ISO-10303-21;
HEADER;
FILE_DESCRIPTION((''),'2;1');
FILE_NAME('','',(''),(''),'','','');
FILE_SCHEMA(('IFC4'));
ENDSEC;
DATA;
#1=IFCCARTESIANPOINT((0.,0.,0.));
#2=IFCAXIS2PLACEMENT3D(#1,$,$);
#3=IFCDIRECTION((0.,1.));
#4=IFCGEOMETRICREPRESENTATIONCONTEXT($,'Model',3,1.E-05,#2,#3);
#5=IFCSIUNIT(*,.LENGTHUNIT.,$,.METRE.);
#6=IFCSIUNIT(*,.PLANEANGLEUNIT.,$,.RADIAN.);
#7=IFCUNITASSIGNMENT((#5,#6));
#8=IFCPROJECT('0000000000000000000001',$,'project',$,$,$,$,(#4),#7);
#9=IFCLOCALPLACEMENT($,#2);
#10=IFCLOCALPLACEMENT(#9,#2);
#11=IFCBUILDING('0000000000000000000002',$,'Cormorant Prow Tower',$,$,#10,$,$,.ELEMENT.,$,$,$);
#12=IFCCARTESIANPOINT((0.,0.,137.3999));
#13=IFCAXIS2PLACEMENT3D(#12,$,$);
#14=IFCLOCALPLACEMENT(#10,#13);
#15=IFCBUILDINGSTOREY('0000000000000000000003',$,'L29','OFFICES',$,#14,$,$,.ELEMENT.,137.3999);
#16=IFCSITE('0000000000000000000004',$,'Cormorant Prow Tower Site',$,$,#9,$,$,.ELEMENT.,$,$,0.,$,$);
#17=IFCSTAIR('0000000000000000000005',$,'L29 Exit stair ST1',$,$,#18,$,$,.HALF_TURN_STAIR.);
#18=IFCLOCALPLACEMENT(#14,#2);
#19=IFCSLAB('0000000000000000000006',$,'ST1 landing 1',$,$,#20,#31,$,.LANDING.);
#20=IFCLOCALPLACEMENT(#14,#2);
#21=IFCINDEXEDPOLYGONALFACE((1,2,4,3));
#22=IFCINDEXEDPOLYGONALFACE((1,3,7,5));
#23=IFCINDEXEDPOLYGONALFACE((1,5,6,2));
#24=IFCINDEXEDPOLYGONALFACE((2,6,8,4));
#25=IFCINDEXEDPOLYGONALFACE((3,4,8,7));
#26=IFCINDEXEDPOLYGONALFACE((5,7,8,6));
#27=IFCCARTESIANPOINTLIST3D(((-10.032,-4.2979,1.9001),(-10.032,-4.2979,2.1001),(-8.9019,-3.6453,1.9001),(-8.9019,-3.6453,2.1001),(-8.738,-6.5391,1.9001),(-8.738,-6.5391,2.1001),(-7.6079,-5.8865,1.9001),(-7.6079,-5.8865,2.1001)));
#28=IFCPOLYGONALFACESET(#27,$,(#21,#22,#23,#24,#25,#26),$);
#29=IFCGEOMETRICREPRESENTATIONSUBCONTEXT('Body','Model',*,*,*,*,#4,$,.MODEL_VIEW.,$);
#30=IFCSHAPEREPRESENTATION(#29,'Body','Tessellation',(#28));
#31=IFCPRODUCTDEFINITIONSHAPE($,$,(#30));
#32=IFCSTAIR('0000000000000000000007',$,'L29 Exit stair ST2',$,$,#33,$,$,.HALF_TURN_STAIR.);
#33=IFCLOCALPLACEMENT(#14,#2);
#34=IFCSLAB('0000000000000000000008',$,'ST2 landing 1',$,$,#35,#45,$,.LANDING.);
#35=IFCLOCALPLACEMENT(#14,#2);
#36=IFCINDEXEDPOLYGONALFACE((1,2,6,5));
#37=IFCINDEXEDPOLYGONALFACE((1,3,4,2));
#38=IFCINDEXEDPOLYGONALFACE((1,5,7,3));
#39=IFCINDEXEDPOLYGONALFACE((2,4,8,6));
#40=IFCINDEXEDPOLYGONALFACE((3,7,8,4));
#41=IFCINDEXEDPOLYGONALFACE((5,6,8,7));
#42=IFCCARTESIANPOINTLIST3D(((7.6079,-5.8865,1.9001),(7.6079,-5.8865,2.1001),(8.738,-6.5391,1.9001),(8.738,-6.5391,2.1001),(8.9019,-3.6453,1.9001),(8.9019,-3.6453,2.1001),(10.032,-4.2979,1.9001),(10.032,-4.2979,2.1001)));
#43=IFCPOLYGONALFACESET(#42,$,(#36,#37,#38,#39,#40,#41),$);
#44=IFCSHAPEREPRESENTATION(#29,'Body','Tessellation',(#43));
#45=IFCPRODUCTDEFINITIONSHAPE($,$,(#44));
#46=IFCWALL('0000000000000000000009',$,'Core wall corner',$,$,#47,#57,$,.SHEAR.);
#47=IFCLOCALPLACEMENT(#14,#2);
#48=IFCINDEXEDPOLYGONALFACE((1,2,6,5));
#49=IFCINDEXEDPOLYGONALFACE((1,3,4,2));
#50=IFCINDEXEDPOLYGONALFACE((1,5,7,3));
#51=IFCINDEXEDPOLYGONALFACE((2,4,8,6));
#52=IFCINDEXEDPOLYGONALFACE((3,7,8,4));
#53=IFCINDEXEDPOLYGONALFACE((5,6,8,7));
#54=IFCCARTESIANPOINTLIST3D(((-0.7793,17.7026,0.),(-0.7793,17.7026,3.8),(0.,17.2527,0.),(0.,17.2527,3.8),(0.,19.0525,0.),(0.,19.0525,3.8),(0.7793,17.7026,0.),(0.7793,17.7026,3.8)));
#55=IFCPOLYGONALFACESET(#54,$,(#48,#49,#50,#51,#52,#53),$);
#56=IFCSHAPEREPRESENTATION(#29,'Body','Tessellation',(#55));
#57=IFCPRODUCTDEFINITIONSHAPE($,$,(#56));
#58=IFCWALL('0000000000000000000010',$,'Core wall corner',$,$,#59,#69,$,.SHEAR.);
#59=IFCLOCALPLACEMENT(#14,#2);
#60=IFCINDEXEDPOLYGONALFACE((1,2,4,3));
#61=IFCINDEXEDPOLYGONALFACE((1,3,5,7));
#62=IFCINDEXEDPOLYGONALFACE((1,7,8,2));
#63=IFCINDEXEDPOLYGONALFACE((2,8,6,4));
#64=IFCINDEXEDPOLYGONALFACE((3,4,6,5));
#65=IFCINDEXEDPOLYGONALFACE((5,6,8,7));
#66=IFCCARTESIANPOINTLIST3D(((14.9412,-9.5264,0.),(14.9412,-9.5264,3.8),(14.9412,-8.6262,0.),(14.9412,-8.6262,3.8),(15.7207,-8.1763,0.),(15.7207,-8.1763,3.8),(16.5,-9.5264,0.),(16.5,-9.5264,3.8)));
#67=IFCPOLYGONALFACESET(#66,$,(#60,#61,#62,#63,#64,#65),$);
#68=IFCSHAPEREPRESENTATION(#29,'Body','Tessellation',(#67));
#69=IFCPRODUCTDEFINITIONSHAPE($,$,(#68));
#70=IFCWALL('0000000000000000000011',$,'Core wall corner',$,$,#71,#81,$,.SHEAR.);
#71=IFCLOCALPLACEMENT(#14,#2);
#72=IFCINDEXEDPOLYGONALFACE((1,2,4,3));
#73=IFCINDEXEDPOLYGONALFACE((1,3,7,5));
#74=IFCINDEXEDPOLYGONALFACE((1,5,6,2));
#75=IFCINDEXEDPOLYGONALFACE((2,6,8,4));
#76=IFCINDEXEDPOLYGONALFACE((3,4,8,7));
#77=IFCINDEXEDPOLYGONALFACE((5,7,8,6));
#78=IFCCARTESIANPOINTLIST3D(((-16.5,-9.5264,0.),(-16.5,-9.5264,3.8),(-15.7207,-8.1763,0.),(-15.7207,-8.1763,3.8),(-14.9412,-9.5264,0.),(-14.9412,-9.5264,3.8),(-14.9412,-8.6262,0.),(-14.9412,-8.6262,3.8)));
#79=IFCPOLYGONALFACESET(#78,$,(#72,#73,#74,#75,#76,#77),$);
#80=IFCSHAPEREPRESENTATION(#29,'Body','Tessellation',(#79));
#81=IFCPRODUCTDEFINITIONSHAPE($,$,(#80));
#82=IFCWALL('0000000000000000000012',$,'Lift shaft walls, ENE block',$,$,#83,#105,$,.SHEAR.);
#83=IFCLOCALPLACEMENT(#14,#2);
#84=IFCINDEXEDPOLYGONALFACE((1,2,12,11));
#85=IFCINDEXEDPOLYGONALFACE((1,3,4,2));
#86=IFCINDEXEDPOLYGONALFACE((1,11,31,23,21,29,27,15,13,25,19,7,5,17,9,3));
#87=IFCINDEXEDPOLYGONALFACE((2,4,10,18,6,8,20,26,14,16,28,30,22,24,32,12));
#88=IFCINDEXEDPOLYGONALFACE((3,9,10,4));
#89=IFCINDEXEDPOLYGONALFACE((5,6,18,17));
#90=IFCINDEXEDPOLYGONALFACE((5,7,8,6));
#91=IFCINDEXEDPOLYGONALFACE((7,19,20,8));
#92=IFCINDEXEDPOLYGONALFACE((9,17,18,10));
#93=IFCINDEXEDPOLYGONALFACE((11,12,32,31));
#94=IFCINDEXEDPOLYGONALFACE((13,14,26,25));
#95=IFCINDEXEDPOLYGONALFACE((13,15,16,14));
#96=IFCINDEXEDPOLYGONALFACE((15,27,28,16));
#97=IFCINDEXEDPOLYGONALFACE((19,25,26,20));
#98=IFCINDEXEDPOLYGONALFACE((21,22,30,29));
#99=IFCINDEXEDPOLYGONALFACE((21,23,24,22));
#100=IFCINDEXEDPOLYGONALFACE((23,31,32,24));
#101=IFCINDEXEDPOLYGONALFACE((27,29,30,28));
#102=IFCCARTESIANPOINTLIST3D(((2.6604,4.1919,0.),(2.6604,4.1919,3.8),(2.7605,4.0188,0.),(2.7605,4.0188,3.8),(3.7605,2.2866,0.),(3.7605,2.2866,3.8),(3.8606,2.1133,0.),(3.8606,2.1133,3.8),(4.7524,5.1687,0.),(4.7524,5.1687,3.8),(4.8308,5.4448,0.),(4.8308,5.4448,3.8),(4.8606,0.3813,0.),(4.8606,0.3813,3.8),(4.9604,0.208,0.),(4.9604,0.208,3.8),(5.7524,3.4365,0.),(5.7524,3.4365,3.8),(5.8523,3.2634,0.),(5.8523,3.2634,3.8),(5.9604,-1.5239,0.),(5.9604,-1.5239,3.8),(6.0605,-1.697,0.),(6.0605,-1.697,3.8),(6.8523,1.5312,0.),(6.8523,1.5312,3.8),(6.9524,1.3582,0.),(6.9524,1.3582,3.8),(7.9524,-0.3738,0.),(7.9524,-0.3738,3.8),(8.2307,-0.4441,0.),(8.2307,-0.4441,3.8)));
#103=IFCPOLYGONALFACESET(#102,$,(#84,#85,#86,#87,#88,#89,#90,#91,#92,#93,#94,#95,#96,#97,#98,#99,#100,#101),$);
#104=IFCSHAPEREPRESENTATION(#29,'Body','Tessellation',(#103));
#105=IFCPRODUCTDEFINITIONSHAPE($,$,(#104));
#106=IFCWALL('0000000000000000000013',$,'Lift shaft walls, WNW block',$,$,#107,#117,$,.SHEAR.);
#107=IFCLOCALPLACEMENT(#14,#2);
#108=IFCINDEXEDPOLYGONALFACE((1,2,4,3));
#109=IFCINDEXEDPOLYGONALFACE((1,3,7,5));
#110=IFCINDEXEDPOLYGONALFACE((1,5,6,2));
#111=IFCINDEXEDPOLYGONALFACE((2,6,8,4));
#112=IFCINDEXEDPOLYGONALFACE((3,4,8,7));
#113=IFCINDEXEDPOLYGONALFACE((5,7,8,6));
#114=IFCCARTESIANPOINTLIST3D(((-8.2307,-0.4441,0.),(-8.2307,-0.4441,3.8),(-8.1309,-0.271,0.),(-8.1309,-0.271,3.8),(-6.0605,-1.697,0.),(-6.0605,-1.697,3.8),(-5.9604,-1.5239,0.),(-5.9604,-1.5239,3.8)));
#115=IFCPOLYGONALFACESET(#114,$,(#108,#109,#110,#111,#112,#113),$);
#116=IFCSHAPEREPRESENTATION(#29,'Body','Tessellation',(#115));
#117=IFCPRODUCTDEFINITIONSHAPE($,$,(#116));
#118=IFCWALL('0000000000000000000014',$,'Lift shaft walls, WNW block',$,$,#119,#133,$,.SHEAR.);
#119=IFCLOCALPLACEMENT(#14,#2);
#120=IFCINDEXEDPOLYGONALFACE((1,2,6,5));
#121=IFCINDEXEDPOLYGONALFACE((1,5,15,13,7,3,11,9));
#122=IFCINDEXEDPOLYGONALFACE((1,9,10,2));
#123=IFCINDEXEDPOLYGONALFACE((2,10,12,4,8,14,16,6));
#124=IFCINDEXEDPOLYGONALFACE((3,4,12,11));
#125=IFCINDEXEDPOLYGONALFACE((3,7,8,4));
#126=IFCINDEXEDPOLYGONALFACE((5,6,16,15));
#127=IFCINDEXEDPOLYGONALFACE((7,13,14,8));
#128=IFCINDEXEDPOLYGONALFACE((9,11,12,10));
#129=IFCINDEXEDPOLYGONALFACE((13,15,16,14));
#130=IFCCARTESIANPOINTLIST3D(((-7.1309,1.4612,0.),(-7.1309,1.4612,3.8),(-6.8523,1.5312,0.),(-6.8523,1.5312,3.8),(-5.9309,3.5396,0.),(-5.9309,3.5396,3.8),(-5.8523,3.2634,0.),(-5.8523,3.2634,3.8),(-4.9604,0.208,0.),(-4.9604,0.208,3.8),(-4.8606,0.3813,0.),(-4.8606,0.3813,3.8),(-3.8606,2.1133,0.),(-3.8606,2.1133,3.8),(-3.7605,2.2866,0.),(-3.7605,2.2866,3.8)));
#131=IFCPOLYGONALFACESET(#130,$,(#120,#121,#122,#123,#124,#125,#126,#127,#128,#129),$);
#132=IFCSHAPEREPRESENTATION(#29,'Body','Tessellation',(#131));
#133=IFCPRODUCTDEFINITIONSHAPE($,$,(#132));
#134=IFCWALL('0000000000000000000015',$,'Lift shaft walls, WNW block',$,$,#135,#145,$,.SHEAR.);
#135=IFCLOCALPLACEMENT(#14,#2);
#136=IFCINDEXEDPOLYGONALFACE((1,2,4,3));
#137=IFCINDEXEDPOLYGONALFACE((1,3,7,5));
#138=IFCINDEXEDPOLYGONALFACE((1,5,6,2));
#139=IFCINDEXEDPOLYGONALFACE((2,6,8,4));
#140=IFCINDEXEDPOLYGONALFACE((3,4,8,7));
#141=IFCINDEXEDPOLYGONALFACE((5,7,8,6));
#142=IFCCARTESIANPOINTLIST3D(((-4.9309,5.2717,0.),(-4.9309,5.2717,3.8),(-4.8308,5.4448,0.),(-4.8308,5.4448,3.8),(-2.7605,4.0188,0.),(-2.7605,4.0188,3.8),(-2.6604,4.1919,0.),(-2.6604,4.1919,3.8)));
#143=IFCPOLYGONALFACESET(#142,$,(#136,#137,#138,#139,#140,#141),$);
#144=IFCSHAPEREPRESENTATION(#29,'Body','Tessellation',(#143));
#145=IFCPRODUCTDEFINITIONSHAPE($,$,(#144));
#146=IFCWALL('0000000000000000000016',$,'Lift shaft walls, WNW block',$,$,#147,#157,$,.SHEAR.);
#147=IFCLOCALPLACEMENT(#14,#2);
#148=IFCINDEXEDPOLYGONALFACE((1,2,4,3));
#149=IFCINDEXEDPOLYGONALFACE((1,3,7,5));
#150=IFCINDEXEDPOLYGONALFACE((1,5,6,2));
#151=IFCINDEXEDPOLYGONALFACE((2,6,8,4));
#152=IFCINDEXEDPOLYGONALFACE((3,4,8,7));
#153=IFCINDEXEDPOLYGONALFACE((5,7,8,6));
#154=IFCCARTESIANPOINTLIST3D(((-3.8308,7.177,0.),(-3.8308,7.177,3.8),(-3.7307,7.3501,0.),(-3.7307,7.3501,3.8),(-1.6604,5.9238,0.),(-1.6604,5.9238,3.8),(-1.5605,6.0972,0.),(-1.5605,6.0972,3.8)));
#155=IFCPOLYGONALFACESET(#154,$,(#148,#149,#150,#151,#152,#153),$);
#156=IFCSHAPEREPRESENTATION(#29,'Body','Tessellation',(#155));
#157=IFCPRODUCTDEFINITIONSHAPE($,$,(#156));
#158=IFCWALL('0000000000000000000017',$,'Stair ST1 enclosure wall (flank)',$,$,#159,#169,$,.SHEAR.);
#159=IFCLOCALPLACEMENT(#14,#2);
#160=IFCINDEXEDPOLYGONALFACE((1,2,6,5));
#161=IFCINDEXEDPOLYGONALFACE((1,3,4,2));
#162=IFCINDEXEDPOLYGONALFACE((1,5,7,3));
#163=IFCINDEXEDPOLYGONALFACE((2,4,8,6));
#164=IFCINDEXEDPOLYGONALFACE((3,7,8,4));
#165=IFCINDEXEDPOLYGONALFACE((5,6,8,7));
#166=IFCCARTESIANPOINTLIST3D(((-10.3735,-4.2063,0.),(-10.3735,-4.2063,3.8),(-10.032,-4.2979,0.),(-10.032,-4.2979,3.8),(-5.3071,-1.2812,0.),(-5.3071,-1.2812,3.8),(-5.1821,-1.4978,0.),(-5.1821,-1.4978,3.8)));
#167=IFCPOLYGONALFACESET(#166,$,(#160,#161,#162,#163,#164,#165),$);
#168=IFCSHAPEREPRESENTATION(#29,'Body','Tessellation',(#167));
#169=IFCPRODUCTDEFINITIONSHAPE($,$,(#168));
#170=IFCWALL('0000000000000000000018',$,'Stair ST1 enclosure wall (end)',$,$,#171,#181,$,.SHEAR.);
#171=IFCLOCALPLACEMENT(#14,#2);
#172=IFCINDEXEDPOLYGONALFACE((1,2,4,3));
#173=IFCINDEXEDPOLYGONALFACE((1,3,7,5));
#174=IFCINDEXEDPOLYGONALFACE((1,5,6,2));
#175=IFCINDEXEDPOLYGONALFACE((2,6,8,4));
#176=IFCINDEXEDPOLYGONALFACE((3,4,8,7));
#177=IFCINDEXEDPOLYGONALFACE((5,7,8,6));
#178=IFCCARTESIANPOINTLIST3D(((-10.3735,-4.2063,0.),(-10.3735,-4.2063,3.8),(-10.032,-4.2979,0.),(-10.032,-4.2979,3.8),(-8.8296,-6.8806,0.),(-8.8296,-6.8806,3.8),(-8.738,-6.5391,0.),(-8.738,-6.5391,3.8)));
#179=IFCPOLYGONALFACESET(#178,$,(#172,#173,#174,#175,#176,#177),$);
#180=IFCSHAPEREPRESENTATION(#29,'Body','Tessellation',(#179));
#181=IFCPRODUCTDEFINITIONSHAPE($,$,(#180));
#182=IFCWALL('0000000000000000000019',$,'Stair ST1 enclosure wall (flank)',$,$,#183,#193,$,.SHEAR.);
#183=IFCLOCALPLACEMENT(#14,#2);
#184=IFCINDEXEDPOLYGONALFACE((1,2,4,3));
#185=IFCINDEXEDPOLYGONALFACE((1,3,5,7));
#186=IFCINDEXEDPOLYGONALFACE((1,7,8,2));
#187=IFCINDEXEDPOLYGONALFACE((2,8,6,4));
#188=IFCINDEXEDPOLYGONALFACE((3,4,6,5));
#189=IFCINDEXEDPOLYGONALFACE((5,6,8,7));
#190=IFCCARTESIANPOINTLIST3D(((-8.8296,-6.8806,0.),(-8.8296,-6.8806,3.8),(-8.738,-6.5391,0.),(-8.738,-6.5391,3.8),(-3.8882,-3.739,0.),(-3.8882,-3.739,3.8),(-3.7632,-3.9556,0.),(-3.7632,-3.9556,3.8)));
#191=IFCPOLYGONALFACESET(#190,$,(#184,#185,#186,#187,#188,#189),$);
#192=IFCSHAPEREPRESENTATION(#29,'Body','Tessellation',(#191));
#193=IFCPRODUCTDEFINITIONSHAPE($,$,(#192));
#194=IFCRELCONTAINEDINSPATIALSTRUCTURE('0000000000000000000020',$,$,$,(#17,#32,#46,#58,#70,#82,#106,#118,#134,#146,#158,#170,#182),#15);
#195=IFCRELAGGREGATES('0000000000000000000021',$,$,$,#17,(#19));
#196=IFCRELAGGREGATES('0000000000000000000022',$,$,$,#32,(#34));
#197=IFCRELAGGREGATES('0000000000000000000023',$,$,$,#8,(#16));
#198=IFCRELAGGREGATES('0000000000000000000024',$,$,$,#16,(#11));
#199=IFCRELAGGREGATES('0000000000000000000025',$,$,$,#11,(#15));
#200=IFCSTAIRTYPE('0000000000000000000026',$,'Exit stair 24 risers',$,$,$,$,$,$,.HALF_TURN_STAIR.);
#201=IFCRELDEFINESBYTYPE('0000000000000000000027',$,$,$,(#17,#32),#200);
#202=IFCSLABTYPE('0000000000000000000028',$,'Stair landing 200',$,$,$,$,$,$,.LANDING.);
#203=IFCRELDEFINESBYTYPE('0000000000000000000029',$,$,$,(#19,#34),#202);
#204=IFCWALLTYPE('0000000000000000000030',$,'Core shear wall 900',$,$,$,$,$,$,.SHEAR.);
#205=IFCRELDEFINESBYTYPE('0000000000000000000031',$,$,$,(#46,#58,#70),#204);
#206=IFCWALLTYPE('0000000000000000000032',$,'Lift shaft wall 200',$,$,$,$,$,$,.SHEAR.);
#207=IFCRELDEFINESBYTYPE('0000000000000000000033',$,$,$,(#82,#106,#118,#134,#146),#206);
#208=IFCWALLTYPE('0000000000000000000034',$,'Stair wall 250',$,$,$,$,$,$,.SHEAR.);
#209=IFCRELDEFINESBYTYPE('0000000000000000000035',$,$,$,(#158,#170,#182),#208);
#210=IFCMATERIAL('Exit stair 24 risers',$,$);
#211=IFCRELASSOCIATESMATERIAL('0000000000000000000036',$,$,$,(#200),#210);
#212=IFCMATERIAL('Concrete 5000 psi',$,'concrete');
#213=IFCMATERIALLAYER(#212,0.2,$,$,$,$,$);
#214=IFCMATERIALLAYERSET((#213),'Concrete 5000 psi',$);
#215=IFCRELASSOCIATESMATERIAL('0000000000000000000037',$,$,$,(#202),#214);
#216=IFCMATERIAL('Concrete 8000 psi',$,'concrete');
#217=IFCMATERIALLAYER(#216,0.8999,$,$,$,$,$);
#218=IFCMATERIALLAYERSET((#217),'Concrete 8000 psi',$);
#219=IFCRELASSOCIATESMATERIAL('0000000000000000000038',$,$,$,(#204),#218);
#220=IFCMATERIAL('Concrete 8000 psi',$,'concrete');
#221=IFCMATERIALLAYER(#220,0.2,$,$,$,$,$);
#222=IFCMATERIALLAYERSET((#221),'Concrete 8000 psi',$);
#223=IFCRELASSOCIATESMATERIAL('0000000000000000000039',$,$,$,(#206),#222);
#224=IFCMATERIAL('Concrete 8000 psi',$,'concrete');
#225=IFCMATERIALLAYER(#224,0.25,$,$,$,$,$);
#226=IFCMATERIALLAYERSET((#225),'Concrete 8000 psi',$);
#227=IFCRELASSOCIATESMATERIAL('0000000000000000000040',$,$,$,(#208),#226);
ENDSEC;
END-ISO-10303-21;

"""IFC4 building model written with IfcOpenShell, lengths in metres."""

from ifc_helpers import new_model, si_unit, direction, frame, origin, place, context, subcontext, project, spatial, polyline, outline, extrude, material, layer, layer_set, type_object, element, aggregate, save


model = new_model("IFC4")

# Units and contexts
model_context = context("Model", 3, precision=1e-05, world=origin(), true_north=direction((0.0, 1.0)))
body_context = subcontext(model_context, "Body", "Model", "MODEL_VIEW")
ifc_project = project(units=[si_unit("LENGTHUNIT", "METRE"), si_unit("PLANEANGLEUNIT", "RADIAN")], contexts=[model_context])

# Site, building, storey
site_placement = place(None, origin())
site = spatial("IfcSite", under=ifc_project, at=site_placement, Name="Cormorant Prow Tower Site", CompositionType="ELEMENT", RefElevation=0.0)
building_placement = place(site_placement, origin())
building = spatial("IfcBuilding", under=site, at=building_placement, Name="Cormorant Prow Tower", CompositionType="ELEMENT")
storey_placement = place(building_placement, frame((0.0, 0.0, 137.3999)))
storey = spatial("IfcBuildingStorey", under=building, at=storey_placement, Name="L29", Description="OFFICES", CompositionType="ELEMENT", Elevation=137.3999)

# Stairs, slabs
ifc_material_1 = material(Name="Exit stair 24 risers")
stair_type = type_object("IfcStairType", Name="Exit stair 24 risers", PredefinedType="HALF_TURN_STAIR", material=ifc_material_1)
stair_1_placement = place(storey_placement, origin())
stair_1 = element("IfcStair", 1, at=stair_1_placement, inside=storey, type_object=stair_type, Name="L29 Exit stair ST1", PredefinedType="HALF_TURN_STAIR")
ifc_material_2 = material(Name="Concrete 5000 psi", Category="concrete")
ifc_layer_1 = layer(ifc_material_2, 0.2)
ifc_layer_set_1 = layer_set([ifc_layer_1], Name="Concrete 5000 psi")
slab_type = type_object("IfcSlabType", Name="Stair landing 200", PredefinedType="LANDING", material=ifc_layer_set_1)
slab_1_placement = place(storey_placement, frame((0.0, 0.0, 1.9001)))
slab_1 = element("IfcSlab", 2, at=slab_1_placement, type_object=slab_type, Name="ST1 landing 1", PredefinedType="LANDING", context=body_context, shape_type="SweptSolid", body=[
    extrude(outline(polyline([(-8.9019, -3.6453), (-10.032, -4.2979), (-8.738, -6.5391), (-7.6079, -5.8865), (-8.9019, -3.6453)])), origin(), (0.0, 0.0, 1.0), 0.2),
])
aggregate(stair_1, [slab_1])
stair_2_placement = place(storey_placement, origin())
stair_2 = element("IfcStair", 3, at=stair_2_placement, inside=storey, type_object=stair_type, Name="L29 Exit stair ST2", PredefinedType="HALF_TURN_STAIR")
slab_2_placement = place(storey_placement, frame((0.0, 0.0, 1.9001)))
slab_2 = element("IfcSlab", 4, at=slab_2_placement, type_object=slab_type, Name="ST2 landing 1", PredefinedType="LANDING", context=body_context, shape_type="SweptSolid", body=[
    extrude(outline(polyline([(7.6079, -5.8865), (8.738, -6.5391), (10.032, -4.2979), (8.9019, -3.6453), (7.6079, -5.8865)])), origin(), (0.0, 0.0, 1.0), 0.2),
])
aggregate(stair_2, [slab_2])

# Walls
ifc_material_3 = material(Name="Concrete 8000 psi", Category="concrete")
ifc_layer_2 = layer(ifc_material_3, 0.8999)
ifc_layer_set_2 = layer_set([ifc_layer_2], Name="Concrete 8000 psi")
wall_type_1 = type_object("IfcWallType", Name="Core shear wall 900", PredefinedType="SHEAR", material=ifc_layer_set_2)
wall_1_placement = place(storey_placement, origin())
element("IfcWall", 5, at=wall_1_placement, inside=storey, type_object=wall_type_1, Name="Core wall corner", PredefinedType="SHEAR", context=body_context, shape_type="SweptSolid", body=[
    extrude(outline(polyline([(-0.7793, 17.7026), (0.0, 19.0525), (0.7793, 17.7026), (0.0, 17.2527), (-0.7793, 17.7026)])), origin(), (0.0, 0.0, 1.0), 3.8),
])
wall_2_placement = place(storey_placement, origin())
element("IfcWall", 6, at=wall_2_placement, inside=storey, type_object=wall_type_1, Name="Core wall corner", PredefinedType="SHEAR", context=body_context, shape_type="SweptSolid", body=[
    extrude(outline(polyline([(14.9412, -8.6262), (15.7207, -8.1763), (16.5, -9.5264), (14.9412, -9.5264), (14.9412, -8.6262)])), origin(), (0.0, 0.0, 1.0), 3.8),
])
wall_3_placement = place(storey_placement, origin())
element("IfcWall", 7, at=wall_3_placement, inside=storey, type_object=wall_type_1, Name="Core wall corner", PredefinedType="SHEAR", context=body_context, shape_type="SweptSolid", body=[
    extrude(outline(polyline([(-14.9412, -8.6262), (-14.9412, -9.5264), (-16.5, -9.5264), (-15.7207, -8.1763), (-14.9412, -8.6262)])), origin(), (0.0, 0.0, 1.0), 3.8),
])
ifc_material_4 = material(Name="Concrete 8000 psi", Category="concrete")
ifc_layer_3 = layer(ifc_material_4, 0.2)
ifc_layer_set_3 = layer_set([ifc_layer_3], Name="Concrete 8000 psi")
wall_type_2 = type_object("IfcWallType", Name="Lift shaft wall 200", PredefinedType="SHEAR", material=ifc_layer_set_3)
wall_4_placement = place(storey_placement, origin())
element("IfcWall", 8, at=wall_4_placement, inside=storey, type_object=wall_type_2, Name="Lift shaft walls, ENE block", PredefinedType="SHEAR", context=body_context, shape_type="SweptSolid", body=[
    extrude(outline(polyline([(2.6604, 4.1919), (4.8308, 5.4448), (8.2307, -0.4441), (6.0605, -1.697), (5.9604, -1.5239), (7.9524, -0.3738), (6.9524, 1.3582), (4.9604, 0.208), (4.8606, 0.3813), (6.8523, 1.5312), (5.8523, 3.2634), (3.8606, 2.1133), (3.7605, 2.2866), (5.7524, 3.4365), (4.7524, 5.1687), (2.7605, 4.0188), (2.6604, 4.1919)])), origin(), (0.0, 0.0, 1.0), 3.8),
])
wall_5_placement = place(storey_placement, origin())
element("IfcWall", 9, at=wall_5_placement, inside=storey, type_object=wall_type_2, Name="Lift shaft walls, WNW block", PredefinedType="SHEAR", context=body_context, shape_type="SweptSolid", body=[
    extrude(outline(polyline([(-6.0605, -1.697), (-8.2307, -0.4441), (-8.1309, -0.271), (-5.9604, -1.5239), (-6.0605, -1.697)])), origin(), (0.0, 0.0, 1.0), 3.8),
])
wall_6_placement = place(storey_placement, origin())
element("IfcWall", 10, at=wall_6_placement, inside=storey, type_object=wall_type_2, Name="Lift shaft walls, WNW block", PredefinedType="SHEAR", context=body_context, shape_type="SweptSolid", body=[
    extrude(outline(polyline([(-4.9604, 0.208), (-7.1309, 1.4612), (-5.9309, 3.5396), (-3.7605, 2.2866), (-3.8606, 2.1133), (-5.8523, 3.2634), (-6.8523, 1.5312), (-4.8606, 0.3813), (-4.9604, 0.208)])), origin(), (0.0, 0.0, 1.0), 3.8),
])
wall_7_placement = place(storey_placement, origin())
element("IfcWall", 11, at=wall_7_placement, inside=storey, type_object=wall_type_2, Name="Lift shaft walls, WNW block", PredefinedType="SHEAR", context=body_context, shape_type="SweptSolid", body=[
    extrude(outline(polyline([(-2.7605, 4.0188), (-4.9309, 5.2717), (-4.8308, 5.4448), (-2.6604, 4.1919), (-2.7605, 4.0188)])), origin(), (0.0, 0.0, 1.0), 3.8),
])
wall_8_placement = place(storey_placement, origin())
element("IfcWall", 12, at=wall_8_placement, inside=storey, type_object=wall_type_2, Name="Lift shaft walls, WNW block", PredefinedType="SHEAR", context=body_context, shape_type="SweptSolid", body=[
    extrude(outline(polyline([(-3.7307, 7.3501), (-1.5605, 6.0972), (-1.6604, 5.9238), (-3.8308, 7.177), (-3.7307, 7.3501)])), origin(), (0.0, 0.0, 1.0), 3.8),
])
ifc_material_5 = material(Name="Concrete 8000 psi", Category="concrete")
ifc_layer_4 = layer(ifc_material_5, 0.25)
ifc_layer_set_4 = layer_set([ifc_layer_4], Name="Concrete 8000 psi")
wall_type_3 = type_object("IfcWallType", Name="Stair wall 250", PredefinedType="SHEAR", material=ifc_layer_set_4)
wall_9_placement = place(storey_placement, origin())
element("IfcWall", 13, at=wall_9_placement, inside=storey, type_object=wall_type_3, Name="Stair ST1 enclosure wall (flank)", PredefinedType="SHEAR", context=body_context, shape_type="SweptSolid", body=[
    extrude(outline(polyline([(-5.3071, -1.2812), (-10.3735, -4.2063), (-10.032, -4.2979), (-5.1821, -1.4978), (-5.3071, -1.2812)])), origin(), (0.0, 0.0, 1.0), 3.8),
])
wall_10_placement = place(storey_placement, origin())
element("IfcWall", 14, at=wall_10_placement, inside=storey, type_object=wall_type_3, Name="Stair ST1 enclosure wall (end)", PredefinedType="SHEAR", context=body_context, shape_type="SweptSolid", body=[
    extrude(outline(polyline([(-10.3735, -4.2063), (-8.8296, -6.8806), (-8.738, -6.5391), (-10.032, -4.2979), (-10.3735, -4.2063)])), origin(), (0.0, 0.0, 1.0), 3.8),
])
wall_11_placement = place(storey_placement, origin())
element("IfcWall", 15, at=wall_11_placement, inside=storey, type_object=wall_type_3, Name="Stair ST1 enclosure wall (flank)", PredefinedType="SHEAR", context=body_context, shape_type="SweptSolid", body=[
    extrude(outline(polyline([(-8.738, -6.5391), (-8.8296, -6.8806), (-3.7632, -3.9556), (-3.8882, -3.739), (-8.738, -6.5391)])), origin(), (0.0, 0.0, 1.0), 3.8),
])

save(model, "model.ifc")
